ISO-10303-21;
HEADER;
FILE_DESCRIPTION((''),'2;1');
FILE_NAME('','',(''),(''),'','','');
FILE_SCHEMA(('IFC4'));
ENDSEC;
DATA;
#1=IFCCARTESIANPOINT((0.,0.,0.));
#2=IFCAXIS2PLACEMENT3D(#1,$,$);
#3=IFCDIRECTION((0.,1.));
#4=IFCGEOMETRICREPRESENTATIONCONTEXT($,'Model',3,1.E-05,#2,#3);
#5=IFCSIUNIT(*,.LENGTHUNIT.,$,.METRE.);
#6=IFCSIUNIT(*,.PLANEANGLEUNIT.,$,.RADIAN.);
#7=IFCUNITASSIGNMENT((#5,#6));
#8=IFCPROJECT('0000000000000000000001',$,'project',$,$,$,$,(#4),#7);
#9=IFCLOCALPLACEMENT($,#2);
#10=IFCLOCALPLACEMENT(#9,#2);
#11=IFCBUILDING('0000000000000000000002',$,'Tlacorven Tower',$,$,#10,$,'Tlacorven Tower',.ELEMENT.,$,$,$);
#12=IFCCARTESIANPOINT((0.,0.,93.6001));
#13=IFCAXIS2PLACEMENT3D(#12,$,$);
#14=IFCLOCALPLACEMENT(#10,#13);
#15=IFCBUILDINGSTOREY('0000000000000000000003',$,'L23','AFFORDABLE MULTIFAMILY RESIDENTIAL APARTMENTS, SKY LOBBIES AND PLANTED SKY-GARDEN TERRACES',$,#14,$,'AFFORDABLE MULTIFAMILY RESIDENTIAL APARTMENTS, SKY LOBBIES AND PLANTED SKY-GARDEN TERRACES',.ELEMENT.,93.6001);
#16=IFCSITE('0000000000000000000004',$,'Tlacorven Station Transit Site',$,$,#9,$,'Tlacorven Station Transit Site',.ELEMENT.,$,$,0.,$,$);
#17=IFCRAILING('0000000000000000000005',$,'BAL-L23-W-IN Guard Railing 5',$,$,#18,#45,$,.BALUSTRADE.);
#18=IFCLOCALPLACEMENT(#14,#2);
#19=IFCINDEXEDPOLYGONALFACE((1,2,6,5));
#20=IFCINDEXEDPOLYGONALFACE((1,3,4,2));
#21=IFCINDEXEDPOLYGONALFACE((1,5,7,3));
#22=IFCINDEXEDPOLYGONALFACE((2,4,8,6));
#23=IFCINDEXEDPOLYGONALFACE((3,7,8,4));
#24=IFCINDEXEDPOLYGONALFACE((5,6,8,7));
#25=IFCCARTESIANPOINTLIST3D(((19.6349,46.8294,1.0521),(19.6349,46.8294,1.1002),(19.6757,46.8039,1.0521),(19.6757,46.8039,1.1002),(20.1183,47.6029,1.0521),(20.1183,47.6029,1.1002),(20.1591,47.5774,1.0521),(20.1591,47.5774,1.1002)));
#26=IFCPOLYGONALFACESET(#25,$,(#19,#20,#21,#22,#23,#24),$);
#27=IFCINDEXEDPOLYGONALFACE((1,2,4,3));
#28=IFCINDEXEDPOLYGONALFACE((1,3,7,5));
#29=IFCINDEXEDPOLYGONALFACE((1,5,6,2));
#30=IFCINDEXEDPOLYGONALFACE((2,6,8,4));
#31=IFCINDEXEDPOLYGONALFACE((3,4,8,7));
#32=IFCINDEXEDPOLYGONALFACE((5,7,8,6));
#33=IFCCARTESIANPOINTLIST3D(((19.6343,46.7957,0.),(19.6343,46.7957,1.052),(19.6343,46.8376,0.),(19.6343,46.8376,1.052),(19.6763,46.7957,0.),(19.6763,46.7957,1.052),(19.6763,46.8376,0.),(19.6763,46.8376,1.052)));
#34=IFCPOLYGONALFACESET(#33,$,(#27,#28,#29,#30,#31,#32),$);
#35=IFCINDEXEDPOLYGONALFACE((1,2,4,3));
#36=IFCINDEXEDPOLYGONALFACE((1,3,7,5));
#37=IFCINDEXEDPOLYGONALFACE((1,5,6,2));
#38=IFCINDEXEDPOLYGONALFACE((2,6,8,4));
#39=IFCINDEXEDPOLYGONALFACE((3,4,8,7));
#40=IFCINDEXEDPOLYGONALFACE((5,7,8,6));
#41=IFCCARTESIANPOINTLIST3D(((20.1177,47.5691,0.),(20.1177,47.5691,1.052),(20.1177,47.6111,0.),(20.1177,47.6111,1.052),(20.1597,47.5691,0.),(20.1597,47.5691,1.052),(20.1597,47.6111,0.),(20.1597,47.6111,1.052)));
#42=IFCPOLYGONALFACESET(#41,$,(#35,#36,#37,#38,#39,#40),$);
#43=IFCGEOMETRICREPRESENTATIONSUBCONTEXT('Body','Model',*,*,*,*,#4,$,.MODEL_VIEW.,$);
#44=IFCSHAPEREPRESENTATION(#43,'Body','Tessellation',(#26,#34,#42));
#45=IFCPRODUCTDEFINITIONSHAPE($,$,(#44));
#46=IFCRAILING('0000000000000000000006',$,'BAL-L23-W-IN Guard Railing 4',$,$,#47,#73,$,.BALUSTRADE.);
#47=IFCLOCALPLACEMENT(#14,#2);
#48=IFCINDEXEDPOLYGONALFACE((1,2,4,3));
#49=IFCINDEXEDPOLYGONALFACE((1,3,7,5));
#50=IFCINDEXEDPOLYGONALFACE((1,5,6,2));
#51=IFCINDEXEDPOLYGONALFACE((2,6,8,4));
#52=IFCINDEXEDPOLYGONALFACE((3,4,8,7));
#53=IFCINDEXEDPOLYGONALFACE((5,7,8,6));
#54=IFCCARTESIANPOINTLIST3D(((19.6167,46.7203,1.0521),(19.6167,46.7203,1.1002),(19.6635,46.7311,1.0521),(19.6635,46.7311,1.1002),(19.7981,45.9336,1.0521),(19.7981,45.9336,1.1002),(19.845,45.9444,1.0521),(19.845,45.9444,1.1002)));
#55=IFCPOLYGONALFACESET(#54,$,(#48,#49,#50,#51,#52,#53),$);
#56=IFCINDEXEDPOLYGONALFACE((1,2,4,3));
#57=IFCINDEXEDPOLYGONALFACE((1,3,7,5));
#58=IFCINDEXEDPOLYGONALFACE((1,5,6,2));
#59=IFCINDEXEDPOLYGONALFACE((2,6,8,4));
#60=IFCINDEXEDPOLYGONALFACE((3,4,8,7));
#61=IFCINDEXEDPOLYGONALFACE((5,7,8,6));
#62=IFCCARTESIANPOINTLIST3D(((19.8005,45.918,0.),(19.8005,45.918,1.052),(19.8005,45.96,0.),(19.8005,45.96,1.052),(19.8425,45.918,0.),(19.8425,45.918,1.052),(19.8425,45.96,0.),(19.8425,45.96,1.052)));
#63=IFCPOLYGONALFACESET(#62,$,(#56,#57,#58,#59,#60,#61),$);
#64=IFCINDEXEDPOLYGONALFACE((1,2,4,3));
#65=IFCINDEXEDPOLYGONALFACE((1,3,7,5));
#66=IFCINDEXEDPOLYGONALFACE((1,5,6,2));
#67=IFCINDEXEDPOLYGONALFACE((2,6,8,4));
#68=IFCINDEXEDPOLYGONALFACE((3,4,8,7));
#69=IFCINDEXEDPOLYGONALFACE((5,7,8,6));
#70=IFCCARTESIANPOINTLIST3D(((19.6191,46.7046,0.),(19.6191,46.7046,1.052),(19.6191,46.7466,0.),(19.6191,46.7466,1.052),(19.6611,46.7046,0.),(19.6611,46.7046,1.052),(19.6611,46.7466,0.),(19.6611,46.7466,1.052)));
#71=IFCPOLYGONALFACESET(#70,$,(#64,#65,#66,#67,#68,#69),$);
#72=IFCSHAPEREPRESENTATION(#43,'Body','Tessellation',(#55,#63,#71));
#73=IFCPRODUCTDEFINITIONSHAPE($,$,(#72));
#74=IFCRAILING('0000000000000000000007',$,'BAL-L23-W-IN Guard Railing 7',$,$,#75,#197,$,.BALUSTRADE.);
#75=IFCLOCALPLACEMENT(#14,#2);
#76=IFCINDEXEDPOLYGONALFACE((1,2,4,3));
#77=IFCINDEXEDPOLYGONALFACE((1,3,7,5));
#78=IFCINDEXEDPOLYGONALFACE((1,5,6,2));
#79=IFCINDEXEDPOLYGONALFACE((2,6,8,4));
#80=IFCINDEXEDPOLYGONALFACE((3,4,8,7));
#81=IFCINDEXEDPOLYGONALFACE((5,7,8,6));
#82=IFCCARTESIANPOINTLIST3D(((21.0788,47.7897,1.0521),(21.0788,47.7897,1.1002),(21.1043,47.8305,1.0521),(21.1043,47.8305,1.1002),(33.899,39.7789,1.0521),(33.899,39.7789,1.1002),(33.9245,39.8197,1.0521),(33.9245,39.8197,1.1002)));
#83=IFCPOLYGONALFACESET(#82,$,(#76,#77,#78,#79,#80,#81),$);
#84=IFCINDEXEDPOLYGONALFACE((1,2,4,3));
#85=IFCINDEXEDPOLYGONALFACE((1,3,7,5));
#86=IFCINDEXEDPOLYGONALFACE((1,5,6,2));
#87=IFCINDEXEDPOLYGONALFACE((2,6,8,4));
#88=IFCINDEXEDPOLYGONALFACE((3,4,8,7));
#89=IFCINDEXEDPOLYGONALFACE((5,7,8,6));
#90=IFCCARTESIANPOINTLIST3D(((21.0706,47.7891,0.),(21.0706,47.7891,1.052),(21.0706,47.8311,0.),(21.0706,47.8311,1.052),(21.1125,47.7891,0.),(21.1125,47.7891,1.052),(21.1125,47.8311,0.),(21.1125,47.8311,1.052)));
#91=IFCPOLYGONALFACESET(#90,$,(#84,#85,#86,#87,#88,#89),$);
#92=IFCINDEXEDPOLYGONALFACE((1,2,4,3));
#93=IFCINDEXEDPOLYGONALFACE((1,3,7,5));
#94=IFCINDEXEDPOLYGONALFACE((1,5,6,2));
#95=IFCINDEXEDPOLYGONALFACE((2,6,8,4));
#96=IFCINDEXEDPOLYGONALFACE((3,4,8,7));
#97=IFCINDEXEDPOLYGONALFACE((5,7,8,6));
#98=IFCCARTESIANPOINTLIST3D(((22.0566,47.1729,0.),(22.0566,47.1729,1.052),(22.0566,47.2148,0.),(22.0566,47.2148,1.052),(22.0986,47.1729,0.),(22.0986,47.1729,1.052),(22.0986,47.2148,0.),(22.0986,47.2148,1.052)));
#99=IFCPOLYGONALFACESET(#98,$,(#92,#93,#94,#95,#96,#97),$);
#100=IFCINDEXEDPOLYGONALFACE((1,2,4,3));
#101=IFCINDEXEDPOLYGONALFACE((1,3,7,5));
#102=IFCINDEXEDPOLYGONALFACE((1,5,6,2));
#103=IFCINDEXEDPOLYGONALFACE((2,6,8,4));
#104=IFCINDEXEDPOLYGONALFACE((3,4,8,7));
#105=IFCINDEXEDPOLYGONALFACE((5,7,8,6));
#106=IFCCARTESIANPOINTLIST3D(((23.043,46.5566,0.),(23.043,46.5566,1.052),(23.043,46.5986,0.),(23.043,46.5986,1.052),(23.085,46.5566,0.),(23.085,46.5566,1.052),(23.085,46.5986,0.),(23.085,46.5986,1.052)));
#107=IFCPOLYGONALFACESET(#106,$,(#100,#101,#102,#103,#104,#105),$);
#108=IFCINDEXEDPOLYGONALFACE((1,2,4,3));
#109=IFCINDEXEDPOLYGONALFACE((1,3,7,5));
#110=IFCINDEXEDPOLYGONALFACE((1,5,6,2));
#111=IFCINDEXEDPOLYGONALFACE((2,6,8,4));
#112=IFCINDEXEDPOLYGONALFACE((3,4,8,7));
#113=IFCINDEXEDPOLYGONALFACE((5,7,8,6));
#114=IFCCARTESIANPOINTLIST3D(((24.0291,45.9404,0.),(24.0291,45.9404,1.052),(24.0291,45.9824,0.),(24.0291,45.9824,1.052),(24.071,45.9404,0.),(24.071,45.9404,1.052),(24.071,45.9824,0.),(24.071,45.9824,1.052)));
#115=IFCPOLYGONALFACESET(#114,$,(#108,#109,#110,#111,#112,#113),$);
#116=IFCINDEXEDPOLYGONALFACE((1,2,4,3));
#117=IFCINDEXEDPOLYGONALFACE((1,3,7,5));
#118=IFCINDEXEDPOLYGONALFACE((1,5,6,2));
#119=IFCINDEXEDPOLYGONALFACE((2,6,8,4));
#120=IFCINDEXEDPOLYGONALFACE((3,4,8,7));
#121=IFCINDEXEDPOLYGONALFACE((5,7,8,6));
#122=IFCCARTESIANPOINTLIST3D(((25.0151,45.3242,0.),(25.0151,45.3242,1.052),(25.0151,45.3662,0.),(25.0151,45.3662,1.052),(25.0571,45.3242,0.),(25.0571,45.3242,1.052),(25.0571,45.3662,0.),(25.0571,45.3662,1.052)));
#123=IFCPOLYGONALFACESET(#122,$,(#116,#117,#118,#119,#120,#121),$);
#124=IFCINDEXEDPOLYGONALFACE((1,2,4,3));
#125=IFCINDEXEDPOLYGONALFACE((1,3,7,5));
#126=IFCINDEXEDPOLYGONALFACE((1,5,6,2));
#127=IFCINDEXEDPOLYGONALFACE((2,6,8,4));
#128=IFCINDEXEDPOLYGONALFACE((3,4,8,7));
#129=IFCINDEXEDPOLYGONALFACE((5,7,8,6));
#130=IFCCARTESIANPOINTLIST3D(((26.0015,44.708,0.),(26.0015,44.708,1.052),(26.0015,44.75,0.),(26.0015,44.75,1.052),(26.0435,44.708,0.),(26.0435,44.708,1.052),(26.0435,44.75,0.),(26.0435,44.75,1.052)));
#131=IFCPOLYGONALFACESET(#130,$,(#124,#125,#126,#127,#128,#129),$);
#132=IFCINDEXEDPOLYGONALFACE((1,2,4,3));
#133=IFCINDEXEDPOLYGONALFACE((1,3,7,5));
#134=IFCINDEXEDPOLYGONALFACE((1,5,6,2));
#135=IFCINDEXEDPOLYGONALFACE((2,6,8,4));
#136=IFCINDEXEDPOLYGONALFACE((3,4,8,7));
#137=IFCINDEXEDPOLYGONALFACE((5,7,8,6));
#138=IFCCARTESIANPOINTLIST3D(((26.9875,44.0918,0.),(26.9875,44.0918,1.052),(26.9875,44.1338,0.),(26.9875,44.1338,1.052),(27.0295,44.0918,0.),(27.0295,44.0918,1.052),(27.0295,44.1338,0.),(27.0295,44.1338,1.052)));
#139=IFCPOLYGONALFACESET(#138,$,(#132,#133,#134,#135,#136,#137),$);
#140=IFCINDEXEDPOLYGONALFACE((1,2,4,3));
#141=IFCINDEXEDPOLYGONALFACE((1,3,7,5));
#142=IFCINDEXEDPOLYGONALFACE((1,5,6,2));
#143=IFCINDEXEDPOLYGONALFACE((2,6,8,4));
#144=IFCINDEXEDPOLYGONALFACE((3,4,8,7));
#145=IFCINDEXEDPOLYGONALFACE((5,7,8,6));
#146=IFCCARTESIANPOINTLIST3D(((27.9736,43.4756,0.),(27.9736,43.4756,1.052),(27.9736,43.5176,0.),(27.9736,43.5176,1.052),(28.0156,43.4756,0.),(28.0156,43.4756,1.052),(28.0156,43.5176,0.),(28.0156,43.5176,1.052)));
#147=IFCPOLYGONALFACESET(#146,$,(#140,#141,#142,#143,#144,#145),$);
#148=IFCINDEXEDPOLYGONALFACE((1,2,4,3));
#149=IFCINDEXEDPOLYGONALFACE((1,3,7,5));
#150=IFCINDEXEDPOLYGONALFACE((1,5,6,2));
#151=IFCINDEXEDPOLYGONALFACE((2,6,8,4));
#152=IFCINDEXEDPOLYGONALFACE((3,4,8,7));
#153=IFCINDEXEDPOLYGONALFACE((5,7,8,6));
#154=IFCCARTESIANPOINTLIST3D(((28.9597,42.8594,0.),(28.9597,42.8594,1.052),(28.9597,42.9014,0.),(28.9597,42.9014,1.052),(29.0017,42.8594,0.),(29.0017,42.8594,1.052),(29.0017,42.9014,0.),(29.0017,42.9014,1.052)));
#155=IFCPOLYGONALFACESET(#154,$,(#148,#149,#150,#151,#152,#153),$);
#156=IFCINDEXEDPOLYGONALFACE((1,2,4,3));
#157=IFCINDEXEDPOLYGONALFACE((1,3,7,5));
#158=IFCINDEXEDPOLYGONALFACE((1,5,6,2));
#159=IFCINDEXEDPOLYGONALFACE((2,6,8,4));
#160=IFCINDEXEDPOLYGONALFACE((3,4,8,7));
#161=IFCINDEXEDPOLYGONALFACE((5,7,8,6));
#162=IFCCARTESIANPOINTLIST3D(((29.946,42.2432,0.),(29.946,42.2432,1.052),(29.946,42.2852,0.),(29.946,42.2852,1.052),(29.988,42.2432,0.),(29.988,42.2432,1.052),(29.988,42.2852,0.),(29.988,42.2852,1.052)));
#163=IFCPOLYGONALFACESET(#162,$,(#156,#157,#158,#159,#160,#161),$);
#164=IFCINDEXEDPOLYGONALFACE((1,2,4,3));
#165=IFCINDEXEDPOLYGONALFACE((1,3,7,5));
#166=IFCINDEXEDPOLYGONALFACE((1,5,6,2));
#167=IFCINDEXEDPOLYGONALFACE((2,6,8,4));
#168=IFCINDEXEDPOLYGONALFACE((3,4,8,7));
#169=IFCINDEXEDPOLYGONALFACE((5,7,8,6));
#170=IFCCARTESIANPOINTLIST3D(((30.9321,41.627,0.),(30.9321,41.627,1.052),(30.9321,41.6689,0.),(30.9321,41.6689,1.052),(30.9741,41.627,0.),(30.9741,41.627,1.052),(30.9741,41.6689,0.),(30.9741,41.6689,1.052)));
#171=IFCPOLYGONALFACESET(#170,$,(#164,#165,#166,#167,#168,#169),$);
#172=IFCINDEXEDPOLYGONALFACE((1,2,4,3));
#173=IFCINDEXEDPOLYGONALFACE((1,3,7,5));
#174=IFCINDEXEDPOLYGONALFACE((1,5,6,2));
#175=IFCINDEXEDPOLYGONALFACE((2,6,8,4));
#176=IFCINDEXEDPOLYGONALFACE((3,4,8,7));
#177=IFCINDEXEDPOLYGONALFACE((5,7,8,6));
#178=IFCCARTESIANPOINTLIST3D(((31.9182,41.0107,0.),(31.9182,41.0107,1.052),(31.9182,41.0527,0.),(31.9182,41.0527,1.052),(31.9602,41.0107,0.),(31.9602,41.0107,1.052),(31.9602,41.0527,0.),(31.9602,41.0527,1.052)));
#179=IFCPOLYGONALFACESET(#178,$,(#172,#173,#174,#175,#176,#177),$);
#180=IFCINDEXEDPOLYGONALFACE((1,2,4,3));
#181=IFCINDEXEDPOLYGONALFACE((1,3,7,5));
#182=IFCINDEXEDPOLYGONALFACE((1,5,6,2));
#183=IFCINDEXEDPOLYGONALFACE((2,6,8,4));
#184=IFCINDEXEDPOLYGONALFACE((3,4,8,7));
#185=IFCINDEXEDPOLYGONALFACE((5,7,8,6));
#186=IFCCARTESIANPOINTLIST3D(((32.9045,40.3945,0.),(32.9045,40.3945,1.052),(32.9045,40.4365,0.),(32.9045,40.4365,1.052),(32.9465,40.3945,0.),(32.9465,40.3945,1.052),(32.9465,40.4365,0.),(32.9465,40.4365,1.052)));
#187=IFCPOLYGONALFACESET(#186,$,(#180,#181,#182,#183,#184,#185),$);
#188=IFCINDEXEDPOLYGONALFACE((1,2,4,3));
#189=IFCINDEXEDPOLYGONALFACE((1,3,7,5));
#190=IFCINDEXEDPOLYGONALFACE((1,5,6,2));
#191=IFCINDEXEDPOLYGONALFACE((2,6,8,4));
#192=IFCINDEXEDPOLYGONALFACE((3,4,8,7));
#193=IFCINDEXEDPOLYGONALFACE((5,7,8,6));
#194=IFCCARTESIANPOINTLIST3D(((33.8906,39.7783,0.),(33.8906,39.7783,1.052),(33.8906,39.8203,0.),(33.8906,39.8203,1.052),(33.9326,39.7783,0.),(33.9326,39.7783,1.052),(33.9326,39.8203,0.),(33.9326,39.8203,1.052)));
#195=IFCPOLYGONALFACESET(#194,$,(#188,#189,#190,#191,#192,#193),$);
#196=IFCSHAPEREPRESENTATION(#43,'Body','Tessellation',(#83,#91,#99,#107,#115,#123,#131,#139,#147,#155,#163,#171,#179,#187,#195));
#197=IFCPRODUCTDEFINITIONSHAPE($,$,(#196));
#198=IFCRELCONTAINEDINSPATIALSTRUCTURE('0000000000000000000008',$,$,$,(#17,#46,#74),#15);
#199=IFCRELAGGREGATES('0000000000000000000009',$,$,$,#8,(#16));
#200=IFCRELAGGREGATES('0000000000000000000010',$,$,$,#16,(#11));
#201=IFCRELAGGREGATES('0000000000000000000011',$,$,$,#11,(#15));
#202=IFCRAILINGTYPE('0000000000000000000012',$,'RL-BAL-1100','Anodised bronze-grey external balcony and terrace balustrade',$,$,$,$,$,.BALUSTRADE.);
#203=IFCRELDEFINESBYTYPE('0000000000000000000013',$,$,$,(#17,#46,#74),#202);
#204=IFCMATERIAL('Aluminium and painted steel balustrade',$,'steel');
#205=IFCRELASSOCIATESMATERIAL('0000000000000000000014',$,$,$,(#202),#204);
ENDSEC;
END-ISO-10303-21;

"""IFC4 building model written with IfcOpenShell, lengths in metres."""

from ifc_helpers import new_model, si_unit, direction, frame, origin, origin_2d, place, context, subcontext, project, spatial, rectangle, extrude, source, transform, mapped, material, type_object, element, save


model = new_model("IFC4")

# Units and contexts
model_context = context("Model", 3, precision=1e-05, world=origin(), true_north=direction((0.0, 1.0)))
body_context = subcontext(model_context, "Body", "Model", "MODEL_VIEW")
ifc_project = project(units=[si_unit("LENGTHUNIT", "METRE"), si_unit("PLANEANGLEUNIT", "RADIAN")], contexts=[model_context])

# Site, building, storey
site_placement = place(None, origin())
site = spatial("IfcSite", under=ifc_project, at=site_placement, Name="Tlacorven Station Transit Site", LongName="Tlacorven Station Transit Site", CompositionType="ELEMENT", RefElevation=0.0)
building_placement = place(site_placement, origin())
building = spatial("IfcBuilding", under=site, at=building_placement, Name="Tlacorven Tower", LongName="Tlacorven Tower", CompositionType="ELEMENT")
storey_placement = place(building_placement, frame((0.0, 0.0, 93.6001)))
storey = spatial("IfcBuildingStorey", under=building, at=storey_placement, Name="L23", Description="AFFORDABLE MULTIFAMILY RESIDENTIAL APARTMENTS, SKY LOBBIES AND PLANTED SKY-GARDEN TERRACES", LongName="AFFORDABLE MULTIFAMILY RESIDENTIAL APARTMENTS, SKY LOBBIES AND PLANTED SKY-GARDEN TERRACES", CompositionType="ELEMENT", Elevation=93.6001)

# Railings
ifc_material_1 = material(Name="Aluminium and painted steel balustrade", Category="steel")
railing_type = type_object("IfcRailingType", Name="RL-BAL-1100", Description="Anodised bronze-grey external balcony and terrace balustrade", PredefinedType="BALUSTRADE", material=ifc_material_1)
shared_shape_1 = source(origin(), body_context, "Body", "SweptSolid", [
    extrude(rectangle(XDim=0.0481, YDim=0.0481, at=origin_2d()), frame((0.0, 0.0, 1.0762), z_axis=(0.529999, 0.847998, 0.0), x_axis=(-0.847998, 0.529999, 0.0)), (0.0, 0.0, 1.0), 0.9121),
    extrude(rectangle(XDim=0.042, YDim=0.042, at=origin_2d()), origin(), (0.0, 0.0, 1.0), 1.052),
    extrude(rectangle(XDim=0.042, YDim=0.042, at=origin_2d()), frame((0.4834, 0.7734, 0.0)), (0.0, 0.0, 1.0), 1.052),
])
railing_1_placement = place(storey_placement, frame((19.6553, 46.8167, 0.0)))
element("IfcRailing", 1, at=railing_1_placement, inside=storey, type_object=railing_type, Name="BAL-L23-W-IN Guard Railing 5", PredefinedType="BALUSTRADE", context=body_context, shape_type="MappedRepresentation", body=[
    mapped(shared_shape_1, transform((0.0, 0.0, 0.0), scale=1.0)),
])
shared_shape_2 = source(origin(), body_context, "Body", "SweptSolid", [
    extrude(rectangle(XDim=0.0481, YDim=0.0481, at=origin_2d()), frame((0.0, 0.0, 1.0762), z_axis=(-0.224705, 0.974427, 0.0), x_axis=(-0.974427, -0.224705, 0.0)), (0.0, 0.0, 1.0), 0.8074),
    extrude(rectangle(XDim=0.042, YDim=0.042, at=origin_2d()), origin(), (0.0, 0.0, 1.0), 1.052),
    extrude(rectangle(XDim=0.042, YDim=0.042, at=origin_2d()), frame((-0.1814, 0.7866, 0.0)), (0.0, 0.0, 1.0), 1.052),
])
railing_2_placement = place(storey_placement, frame((19.8215, 45.939, 0.0)))
element("IfcRailing", 2, at=railing_2_placement, inside=storey, type_object=railing_type, Name="BAL-L23-W-IN Guard Railing 4", PredefinedType="BALUSTRADE", context=body_context, shape_type="MappedRepresentation", body=[
    mapped(shared_shape_2, transform((0.0, 0.0, 0.0), scale=1.0)),
])
shared_shape_3 = source(origin(), body_context, "Body", "SweptSolid", [
    extrude(rectangle(XDim=0.0481, YDim=0.0481, at=origin_2d()), frame((0.0, 0.0, 1.0762), z_axis=(0.848052, -0.529913, 0.0), x_axis=(0.529913, 0.848052, 0.0)), (0.0, 0.0, 1.0), 15.1172),
    extrude(rectangle(XDim=0.042, YDim=0.042, at=origin_2d()), origin(), (0.0, 0.0, 1.0), 1.052),
    extrude(rectangle(XDim=0.042, YDim=0.042, at=origin_2d()), frame((0.9861, -0.6162, 0.0)), (0.0, 0.0, 1.0), 1.052),
    extrude(rectangle(XDim=0.042, YDim=0.042, at=origin_2d()), frame((1.9724, -1.2324, 0.0)), (0.0, 0.0, 1.0), 1.052),
    extrude(rectangle(XDim=0.042, YDim=0.042, at=origin_2d()), frame((2.9585, -1.8486, 0.0)), (0.0, 0.0, 1.0), 1.052),
    extrude(rectangle(XDim=0.042, YDim=0.042, at=origin_2d()), frame((3.9446, -2.4648, 0.0)), (0.0, 0.0, 1.0), 1.052),
    extrude(rectangle(XDim=0.042, YDim=0.042, at=origin_2d()), frame((4.9309, -3.0811, 0.0)), (0.0, 0.0, 1.0), 1.052),
    extrude(rectangle(XDim=0.042, YDim=0.042, at=origin_2d()), frame((5.917, -3.6973, 0.0)), (0.0, 0.0, 1.0), 1.052),
    extrude(rectangle(XDim=0.042, YDim=0.042, at=origin_2d()), frame((6.9031, -4.3135, 0.0)), (0.0, 0.0, 1.0), 1.052),
    extrude(rectangle(XDim=0.042, YDim=0.042, at=origin_2d()), frame((7.8892, -4.9297, 0.0)), (0.0, 0.0, 1.0), 1.052),
    extrude(rectangle(XDim=0.042, YDim=0.042, at=origin_2d()), frame((8.8755, -5.5459, 0.0)), (0.0, 0.0, 1.0), 1.052),
    extrude(rectangle(XDim=0.042, YDim=0.042, at=origin_2d()), frame((9.8616, -6.1621, 0.0)), (0.0, 0.0, 1.0), 1.052),
    extrude(rectangle(XDim=0.042, YDim=0.042, at=origin_2d()), frame((10.8477, -6.7783, 0.0)), (0.0, 0.0, 1.0), 1.052),
    extrude(rectangle(XDim=0.042, YDim=0.042, at=origin_2d()), frame((11.834, -7.3945, 0.0)), (0.0, 0.0, 1.0), 1.052),
    extrude(rectangle(XDim=0.042, YDim=0.042, at=origin_2d()), frame((12.8201, -8.0107, 0.0)), (0.0, 0.0, 1.0), 1.052),
])
railing_3_placement = place(storey_placement, frame((21.0916, 47.8101, 0.0)))
element("IfcRailing", 3, at=railing_3_placement, inside=storey, type_object=railing_type, Name="BAL-L23-W-IN Guard Railing 7", PredefinedType="BALUSTRADE", context=body_context, shape_type="MappedRepresentation", body=[
    mapped(shared_shape_3, transform((0.0, 0.0, 0.0), scale=1.0)),
])

save(model, "model.ifc")
